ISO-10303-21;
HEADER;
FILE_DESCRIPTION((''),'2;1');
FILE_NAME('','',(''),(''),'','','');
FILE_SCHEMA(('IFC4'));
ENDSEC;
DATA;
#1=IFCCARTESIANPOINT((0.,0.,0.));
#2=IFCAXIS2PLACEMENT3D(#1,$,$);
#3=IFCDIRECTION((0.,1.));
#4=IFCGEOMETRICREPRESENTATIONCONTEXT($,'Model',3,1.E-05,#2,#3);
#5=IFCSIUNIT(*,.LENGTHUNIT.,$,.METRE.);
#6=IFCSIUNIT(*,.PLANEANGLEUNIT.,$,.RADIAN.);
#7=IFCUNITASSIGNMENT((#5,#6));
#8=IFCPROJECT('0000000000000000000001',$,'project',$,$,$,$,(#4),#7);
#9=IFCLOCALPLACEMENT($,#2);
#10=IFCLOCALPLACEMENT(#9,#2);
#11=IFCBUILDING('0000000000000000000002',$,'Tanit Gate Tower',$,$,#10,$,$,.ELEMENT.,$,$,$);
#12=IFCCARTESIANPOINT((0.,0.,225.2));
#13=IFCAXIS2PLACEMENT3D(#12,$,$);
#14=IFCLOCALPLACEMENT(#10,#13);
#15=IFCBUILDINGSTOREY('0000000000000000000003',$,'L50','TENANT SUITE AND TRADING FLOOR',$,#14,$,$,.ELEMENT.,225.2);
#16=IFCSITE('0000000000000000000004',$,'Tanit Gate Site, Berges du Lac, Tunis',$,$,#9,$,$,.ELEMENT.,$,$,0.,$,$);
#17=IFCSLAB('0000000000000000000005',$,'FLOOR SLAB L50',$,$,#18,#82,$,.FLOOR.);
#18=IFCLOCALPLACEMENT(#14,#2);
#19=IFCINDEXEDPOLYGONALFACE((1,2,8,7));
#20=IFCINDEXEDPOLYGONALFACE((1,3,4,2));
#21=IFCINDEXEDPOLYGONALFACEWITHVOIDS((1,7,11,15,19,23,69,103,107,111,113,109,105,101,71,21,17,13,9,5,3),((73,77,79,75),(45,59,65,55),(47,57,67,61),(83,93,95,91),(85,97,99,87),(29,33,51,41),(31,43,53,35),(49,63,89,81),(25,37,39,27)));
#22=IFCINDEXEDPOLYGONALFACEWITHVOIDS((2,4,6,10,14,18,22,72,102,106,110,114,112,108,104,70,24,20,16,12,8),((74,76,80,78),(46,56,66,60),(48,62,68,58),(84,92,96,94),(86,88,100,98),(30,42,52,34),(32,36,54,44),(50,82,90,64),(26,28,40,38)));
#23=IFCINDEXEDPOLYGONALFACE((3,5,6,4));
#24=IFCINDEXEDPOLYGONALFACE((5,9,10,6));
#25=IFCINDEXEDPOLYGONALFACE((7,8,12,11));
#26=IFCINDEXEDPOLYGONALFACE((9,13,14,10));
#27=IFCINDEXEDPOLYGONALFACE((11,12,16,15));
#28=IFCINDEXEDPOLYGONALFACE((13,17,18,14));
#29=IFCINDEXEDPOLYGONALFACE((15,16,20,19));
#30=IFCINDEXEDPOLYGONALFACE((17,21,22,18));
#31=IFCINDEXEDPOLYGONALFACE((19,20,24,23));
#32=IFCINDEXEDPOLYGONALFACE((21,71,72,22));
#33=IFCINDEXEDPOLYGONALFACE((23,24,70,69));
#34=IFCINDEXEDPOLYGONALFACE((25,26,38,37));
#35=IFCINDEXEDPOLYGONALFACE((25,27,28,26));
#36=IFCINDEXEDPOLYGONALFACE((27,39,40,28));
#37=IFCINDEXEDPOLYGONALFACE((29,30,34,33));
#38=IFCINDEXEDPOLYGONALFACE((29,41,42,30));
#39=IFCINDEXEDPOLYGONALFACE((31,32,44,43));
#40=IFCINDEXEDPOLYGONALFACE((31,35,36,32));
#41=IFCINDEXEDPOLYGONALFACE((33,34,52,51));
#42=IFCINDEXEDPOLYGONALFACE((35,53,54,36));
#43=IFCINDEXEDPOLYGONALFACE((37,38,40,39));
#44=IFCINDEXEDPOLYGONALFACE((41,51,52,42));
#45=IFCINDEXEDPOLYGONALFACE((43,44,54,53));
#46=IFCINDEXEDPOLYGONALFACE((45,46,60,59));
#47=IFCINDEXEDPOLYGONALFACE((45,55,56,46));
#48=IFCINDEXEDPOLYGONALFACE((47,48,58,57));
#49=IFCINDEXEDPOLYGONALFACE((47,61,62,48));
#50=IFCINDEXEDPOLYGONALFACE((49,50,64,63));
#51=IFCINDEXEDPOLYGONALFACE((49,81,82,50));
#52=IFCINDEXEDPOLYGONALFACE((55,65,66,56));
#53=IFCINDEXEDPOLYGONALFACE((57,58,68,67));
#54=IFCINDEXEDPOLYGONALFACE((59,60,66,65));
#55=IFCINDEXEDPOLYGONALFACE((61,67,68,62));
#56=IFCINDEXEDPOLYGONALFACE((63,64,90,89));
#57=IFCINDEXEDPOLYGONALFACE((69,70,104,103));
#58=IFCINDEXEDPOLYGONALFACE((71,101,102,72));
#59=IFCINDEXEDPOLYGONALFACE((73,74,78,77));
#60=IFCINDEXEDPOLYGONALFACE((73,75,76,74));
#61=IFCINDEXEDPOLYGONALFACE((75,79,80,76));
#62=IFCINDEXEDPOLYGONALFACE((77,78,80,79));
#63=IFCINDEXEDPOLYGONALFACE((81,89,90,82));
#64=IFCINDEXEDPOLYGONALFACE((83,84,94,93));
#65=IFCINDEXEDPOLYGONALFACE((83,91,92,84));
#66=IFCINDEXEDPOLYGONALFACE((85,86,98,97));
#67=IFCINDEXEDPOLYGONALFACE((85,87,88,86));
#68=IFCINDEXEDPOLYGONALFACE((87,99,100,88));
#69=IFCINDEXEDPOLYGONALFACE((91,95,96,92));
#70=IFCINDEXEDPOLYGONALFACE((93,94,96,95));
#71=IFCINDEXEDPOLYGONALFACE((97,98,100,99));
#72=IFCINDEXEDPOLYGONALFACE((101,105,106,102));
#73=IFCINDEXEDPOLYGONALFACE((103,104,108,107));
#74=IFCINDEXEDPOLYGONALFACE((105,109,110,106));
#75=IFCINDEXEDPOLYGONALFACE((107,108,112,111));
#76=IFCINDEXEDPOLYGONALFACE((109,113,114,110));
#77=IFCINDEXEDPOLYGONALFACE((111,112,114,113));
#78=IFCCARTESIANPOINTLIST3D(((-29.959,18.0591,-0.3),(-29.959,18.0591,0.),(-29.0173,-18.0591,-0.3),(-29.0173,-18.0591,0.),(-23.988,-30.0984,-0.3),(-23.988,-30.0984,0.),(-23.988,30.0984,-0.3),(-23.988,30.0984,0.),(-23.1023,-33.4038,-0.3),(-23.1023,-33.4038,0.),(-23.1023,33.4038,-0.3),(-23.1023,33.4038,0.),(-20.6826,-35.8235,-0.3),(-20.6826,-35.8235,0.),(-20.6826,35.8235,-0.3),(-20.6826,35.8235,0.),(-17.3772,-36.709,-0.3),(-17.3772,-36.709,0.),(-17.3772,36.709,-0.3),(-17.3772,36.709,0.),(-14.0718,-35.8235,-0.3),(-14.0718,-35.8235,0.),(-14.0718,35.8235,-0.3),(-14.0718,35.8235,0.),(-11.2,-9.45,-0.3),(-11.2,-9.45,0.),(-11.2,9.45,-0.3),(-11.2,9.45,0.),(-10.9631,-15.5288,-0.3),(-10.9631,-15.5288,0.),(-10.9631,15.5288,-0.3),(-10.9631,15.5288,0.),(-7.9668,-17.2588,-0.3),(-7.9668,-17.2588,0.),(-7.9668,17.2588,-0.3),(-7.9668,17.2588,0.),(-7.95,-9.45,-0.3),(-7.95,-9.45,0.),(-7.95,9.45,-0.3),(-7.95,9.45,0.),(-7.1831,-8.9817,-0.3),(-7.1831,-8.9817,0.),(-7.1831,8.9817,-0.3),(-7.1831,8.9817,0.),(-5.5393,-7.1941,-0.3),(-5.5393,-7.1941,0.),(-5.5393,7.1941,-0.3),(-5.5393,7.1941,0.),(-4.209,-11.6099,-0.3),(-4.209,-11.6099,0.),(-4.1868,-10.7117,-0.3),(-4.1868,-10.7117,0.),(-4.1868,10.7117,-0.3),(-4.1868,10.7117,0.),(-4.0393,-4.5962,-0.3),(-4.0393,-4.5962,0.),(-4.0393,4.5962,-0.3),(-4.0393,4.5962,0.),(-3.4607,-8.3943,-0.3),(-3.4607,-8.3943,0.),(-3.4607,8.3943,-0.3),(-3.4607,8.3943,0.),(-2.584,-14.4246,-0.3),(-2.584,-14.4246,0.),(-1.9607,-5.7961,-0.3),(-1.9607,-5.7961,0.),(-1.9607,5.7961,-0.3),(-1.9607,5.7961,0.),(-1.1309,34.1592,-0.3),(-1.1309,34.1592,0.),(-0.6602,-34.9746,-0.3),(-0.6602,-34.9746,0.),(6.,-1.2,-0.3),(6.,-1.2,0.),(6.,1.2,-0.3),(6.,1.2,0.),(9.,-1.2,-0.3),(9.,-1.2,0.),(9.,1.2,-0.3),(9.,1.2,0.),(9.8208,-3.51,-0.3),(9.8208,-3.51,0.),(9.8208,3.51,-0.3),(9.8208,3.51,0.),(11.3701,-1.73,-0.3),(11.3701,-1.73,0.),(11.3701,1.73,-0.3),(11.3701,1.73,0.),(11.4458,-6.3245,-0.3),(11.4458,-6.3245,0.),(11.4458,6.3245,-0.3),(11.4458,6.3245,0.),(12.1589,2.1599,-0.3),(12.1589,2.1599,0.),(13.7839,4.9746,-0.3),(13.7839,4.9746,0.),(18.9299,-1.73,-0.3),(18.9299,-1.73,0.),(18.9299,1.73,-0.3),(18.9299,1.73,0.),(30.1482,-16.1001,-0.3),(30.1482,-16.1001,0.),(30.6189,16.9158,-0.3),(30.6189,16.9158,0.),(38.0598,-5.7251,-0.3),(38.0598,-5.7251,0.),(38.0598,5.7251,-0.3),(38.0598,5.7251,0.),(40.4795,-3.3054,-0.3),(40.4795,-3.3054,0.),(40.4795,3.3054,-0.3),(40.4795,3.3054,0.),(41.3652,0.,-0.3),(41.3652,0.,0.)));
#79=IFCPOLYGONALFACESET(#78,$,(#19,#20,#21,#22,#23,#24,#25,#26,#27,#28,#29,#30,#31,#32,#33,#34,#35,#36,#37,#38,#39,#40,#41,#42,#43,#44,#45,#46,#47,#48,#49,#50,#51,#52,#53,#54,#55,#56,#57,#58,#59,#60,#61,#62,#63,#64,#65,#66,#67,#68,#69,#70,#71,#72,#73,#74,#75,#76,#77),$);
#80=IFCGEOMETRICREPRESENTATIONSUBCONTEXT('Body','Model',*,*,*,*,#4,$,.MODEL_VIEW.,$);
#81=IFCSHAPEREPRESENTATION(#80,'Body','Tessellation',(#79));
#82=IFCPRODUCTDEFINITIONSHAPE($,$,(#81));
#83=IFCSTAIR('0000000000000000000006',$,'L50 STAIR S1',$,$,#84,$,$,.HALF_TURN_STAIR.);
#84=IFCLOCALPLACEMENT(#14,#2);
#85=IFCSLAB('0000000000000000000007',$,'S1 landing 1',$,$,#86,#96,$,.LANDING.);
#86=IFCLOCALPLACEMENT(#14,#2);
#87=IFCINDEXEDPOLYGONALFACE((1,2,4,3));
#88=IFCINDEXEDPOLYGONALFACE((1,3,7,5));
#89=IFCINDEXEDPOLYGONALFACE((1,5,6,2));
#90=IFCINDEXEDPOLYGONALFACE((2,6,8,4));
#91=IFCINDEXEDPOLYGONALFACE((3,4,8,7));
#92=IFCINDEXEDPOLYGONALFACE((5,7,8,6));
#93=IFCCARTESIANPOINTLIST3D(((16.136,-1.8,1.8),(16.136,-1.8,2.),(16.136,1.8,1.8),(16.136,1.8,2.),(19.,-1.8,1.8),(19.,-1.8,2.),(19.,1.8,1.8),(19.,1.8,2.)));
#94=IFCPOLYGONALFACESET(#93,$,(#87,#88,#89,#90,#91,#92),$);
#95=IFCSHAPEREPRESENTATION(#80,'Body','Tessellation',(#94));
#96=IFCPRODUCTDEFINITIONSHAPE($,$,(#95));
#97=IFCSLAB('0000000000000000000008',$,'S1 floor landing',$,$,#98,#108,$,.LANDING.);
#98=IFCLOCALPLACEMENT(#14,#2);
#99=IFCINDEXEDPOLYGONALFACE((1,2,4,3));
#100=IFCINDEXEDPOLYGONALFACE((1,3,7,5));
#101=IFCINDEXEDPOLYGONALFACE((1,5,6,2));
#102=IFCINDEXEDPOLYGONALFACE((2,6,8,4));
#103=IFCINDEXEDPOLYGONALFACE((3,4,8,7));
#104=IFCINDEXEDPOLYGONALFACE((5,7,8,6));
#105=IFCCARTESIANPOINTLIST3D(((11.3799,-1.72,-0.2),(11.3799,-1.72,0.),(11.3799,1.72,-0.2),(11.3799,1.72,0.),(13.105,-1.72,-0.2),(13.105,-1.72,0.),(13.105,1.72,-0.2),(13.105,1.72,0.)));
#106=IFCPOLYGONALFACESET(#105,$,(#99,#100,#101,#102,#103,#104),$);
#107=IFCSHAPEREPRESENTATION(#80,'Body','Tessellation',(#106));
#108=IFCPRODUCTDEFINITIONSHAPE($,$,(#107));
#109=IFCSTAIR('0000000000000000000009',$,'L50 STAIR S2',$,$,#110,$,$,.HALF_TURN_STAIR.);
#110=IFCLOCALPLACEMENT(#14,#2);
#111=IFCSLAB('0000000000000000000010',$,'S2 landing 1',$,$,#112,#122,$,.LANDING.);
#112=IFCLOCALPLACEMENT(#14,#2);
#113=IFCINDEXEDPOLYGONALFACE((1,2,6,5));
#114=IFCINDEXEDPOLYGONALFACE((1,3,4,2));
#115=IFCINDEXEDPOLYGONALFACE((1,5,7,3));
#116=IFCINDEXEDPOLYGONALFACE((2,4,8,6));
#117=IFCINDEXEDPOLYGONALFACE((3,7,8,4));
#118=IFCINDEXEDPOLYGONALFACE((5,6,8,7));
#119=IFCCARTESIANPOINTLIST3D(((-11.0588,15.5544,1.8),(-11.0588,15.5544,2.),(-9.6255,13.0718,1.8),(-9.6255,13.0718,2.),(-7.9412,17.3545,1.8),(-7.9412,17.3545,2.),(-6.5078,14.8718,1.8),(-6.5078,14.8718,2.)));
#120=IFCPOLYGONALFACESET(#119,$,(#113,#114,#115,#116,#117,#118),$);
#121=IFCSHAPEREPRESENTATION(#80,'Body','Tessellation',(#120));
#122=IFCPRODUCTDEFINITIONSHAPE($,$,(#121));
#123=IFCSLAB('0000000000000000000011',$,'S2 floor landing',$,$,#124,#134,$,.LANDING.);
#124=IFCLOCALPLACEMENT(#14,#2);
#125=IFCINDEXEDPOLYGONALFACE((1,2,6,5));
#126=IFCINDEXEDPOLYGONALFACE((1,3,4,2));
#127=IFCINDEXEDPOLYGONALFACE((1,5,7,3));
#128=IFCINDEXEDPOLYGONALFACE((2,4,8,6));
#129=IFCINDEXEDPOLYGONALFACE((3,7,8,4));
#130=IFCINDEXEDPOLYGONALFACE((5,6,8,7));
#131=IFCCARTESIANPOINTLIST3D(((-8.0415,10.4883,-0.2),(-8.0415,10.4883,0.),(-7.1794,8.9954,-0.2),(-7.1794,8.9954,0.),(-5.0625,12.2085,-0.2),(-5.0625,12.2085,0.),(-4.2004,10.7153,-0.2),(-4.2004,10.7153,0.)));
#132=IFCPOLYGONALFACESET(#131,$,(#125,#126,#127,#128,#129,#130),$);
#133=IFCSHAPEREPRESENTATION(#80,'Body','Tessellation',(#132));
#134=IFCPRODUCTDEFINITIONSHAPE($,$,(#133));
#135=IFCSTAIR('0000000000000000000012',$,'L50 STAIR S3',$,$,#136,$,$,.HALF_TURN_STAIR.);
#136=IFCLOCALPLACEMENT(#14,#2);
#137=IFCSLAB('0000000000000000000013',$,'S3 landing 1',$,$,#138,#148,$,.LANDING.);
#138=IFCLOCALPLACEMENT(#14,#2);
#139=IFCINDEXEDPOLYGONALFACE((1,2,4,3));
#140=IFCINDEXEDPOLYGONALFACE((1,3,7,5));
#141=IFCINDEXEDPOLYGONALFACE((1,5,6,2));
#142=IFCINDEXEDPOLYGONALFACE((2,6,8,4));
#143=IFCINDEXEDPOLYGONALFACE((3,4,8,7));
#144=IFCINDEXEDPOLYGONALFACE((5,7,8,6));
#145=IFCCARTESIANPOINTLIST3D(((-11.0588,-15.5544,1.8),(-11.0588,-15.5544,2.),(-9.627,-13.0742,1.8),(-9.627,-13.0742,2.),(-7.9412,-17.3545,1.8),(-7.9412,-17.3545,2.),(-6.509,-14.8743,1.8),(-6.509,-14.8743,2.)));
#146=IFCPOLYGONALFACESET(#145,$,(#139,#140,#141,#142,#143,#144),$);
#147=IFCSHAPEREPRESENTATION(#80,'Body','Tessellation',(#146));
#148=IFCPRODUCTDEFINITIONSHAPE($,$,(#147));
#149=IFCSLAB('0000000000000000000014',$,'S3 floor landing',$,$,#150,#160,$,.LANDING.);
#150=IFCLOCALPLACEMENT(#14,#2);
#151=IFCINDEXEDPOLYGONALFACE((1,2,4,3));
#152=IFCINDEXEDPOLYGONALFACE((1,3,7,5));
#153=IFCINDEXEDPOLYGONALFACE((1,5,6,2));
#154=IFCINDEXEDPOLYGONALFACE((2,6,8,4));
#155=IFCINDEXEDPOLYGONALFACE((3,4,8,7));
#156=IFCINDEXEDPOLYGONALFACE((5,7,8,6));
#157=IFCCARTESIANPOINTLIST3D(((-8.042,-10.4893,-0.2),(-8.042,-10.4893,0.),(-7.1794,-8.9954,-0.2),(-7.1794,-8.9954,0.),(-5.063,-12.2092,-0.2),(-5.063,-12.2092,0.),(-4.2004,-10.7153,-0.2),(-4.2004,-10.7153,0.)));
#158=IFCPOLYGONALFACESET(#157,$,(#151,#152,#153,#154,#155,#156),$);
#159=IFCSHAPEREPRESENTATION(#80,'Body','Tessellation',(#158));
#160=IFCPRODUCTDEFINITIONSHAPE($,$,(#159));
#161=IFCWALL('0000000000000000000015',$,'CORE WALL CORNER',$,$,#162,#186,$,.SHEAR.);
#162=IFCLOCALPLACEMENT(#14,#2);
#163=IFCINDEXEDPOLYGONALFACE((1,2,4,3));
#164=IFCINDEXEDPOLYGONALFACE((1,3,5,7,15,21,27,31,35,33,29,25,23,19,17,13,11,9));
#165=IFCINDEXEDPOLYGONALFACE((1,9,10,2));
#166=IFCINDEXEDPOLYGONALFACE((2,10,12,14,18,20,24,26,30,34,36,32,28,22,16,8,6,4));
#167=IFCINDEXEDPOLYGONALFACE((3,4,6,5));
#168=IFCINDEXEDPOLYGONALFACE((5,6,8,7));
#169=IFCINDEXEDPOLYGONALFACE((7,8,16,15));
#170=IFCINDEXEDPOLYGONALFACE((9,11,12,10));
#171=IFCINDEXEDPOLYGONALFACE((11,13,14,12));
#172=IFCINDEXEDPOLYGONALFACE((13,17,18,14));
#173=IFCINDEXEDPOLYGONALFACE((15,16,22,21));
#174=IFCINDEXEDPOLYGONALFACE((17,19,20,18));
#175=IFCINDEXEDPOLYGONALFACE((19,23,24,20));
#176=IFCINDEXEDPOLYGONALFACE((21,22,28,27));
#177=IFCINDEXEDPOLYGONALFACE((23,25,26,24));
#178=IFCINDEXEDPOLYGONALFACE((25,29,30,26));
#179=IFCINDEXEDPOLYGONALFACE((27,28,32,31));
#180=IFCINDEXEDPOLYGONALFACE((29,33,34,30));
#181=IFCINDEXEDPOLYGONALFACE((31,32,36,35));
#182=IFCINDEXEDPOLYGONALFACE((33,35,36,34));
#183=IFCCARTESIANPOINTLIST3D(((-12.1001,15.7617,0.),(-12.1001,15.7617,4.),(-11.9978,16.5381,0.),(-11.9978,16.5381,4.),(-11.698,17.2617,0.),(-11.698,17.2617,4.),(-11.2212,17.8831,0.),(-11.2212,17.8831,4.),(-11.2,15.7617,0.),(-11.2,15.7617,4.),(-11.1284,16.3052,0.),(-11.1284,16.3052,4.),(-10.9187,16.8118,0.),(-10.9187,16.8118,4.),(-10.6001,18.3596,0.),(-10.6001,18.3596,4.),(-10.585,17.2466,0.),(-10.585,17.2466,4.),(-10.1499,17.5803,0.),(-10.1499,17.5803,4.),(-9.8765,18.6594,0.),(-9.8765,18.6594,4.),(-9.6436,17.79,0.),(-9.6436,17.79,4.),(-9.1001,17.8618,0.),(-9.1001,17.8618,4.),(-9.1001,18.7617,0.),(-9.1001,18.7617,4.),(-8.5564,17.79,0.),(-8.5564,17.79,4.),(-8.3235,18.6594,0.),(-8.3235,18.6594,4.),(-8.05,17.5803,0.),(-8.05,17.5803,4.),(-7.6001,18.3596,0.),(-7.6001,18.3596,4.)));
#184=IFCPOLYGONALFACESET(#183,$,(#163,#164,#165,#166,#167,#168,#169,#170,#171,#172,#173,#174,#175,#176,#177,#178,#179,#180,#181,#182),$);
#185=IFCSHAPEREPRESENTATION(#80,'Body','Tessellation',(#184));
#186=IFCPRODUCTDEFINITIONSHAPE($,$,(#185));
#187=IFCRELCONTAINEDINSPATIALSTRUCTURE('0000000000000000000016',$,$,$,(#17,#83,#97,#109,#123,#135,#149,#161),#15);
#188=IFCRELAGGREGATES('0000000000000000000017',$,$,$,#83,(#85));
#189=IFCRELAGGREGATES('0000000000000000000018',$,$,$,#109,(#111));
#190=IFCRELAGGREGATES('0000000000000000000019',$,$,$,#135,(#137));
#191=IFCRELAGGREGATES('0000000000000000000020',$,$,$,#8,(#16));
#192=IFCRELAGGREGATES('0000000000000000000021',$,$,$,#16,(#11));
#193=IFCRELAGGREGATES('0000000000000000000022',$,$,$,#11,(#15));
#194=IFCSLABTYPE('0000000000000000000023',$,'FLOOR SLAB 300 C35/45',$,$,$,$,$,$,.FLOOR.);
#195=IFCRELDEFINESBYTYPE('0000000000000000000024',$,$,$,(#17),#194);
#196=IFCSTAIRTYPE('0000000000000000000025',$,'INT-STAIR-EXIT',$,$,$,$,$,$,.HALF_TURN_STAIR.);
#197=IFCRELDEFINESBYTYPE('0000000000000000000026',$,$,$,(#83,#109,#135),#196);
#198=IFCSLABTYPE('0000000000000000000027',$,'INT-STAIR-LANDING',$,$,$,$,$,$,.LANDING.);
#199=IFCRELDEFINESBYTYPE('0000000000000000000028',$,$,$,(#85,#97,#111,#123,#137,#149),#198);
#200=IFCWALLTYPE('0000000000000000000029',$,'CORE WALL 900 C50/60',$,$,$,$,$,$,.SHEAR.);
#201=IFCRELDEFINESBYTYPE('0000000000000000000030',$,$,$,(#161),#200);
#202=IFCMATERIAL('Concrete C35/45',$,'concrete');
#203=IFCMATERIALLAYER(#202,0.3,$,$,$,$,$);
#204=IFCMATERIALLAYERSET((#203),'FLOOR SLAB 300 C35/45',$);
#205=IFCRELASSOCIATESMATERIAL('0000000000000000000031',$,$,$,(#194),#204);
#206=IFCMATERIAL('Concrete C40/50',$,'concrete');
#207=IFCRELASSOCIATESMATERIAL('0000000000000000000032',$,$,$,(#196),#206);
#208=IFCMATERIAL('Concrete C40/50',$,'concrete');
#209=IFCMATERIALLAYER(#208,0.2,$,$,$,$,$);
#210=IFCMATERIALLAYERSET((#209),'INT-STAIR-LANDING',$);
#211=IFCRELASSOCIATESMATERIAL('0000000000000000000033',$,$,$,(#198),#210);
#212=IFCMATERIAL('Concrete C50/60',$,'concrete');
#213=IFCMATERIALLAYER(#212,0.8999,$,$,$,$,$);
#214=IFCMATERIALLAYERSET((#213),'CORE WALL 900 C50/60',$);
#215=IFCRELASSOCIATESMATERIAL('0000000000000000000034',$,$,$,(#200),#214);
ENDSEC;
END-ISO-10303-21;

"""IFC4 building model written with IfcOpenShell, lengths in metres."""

from ifc_helpers import new_model, si_unit, direction, frame, origin, place, context, subcontext, project, spatial, polyline, outline, extrude, material, layer, layer_set, type_object, element, aggregate, save


model = new_model("IFC4")

# Units and contexts
model_context = context("Model", 3, precision=1e-05, world=origin(), true_north=direction((0.0, 1.0)))
body_context = subcontext(model_context, "Body", "Model", "MODEL_VIEW")
ifc_project = project(units=[si_unit("LENGTHUNIT", "METRE"), si_unit("PLANEANGLEUNIT", "RADIAN")], contexts=[model_context])

# Site, building, storey
site_placement = place(None, origin())
site = spatial("IfcSite", under=ifc_project, at=site_placement, Name="Tanit Gate Site, Berges du Lac, Tunis", CompositionType="ELEMENT", RefElevation=0.0)
building_placement = place(site_placement, origin())
building = spatial("IfcBuilding", under=site, at=building_placement, Name="Tanit Gate Tower", CompositionType="ELEMENT")
storey_placement = place(building_placement, frame((0.0, 0.0, 225.2)))
storey = spatial("IfcBuildingStorey", under=building, at=storey_placement, Name="L50", Description="TENANT SUITE AND TRADING FLOOR", CompositionType="ELEMENT", Elevation=225.2)

# Slab
ifc_material_1 = material(Name="Concrete C35/45", Category="concrete")
ifc_layer_1 = layer(ifc_material_1, 0.3)
ifc_layer_set_1 = layer_set([ifc_layer_1], Name="FLOOR SLAB 300 C35/45")
slab_type_1 = type_object("IfcSlabType", Name="FLOOR SLAB 300 C35/45", PredefinedType="FLOOR", material=ifc_layer_set_1)
slab_1_placement = place(storey_placement, frame((0.0, 0.0, -0.3)))
element("IfcSlab", 1, at=slab_1_placement, inside=storey, type_object=slab_type_1, Name="FLOOR SLAB L50", PredefinedType="FLOOR", context=body_context, shape_type="SweptSolid", body=[
    extrude(outline(polyline([(38.0598, 5.7251), (40.4795, 3.3054), (41.3652, 0.0), (40.4795, -3.3054), (38.0598, -5.7251), (30.1482, -16.1001), (-0.6602, -34.9746), (-14.0718, -35.8235), (-17.3772, -36.709), (-20.6826, -35.8235), (-23.1023, -33.4038), (-23.988, -30.0984), (-29.0173, -18.0591), (-29.959, 18.0591), (-23.988, 30.0984), (-23.1023, 33.4038), (-20.6826, 35.8235), (-17.3772, 36.709), (-14.0718, 35.8235), (-1.1309, 34.1592), (30.6189, 16.9158), (38.0598, 5.7251)]), holes=[polyline([(11.3701, 1.73), (18.9299, 1.73), (18.9299, -1.73), (11.3701, -1.73), (11.3701, 1.73)]), polyline([(9.8208, 3.51), (11.4458, 6.3245), (13.7839, 4.9746), (12.1589, 2.1599), (9.8208, 3.51)]), polyline([(-4.209, -11.6099), (9.8208, -3.51), (11.4458, -6.3245), (-2.584, -14.4246), (-4.209, -11.6099)]), polyline([(6.0, 1.2), (9.0, 1.2), (9.0, -1.2), (6.0, -1.2), (6.0, 1.2)]), polyline([(-5.5393, 7.1941), (-3.4607, 8.3943), (-1.9607, 5.7961), (-4.0393, 4.5962), (-5.5393, 7.1941)]), polyline([(-1.9607, -5.7961), (-3.4607, -8.3943), (-5.5393, -7.1941), (-4.0393, -4.5962), (-1.9607, -5.7961)]), polyline([(-10.9631, 15.5288), (-7.9668, 17.2588), (-4.1868, 10.7117), (-7.1831, 8.9817), (-10.9631, 15.5288)]), polyline([(-4.1868, -10.7117), (-7.9668, -17.2588), (-10.9631, -15.5288), (-7.1831, -8.9817), (-4.1868, -10.7117)]), polyline([(-11.2, -9.45), (-11.2, 9.45), (-7.95, 9.45), (-7.95, -9.45), (-11.2, -9.45)])]), origin(), (0.0, 0.0, 1.0), 0.3),
])

# Stair, slab
ifc_material_2 = material(Name="Concrete C40/50", Category="concrete")
stair_type = type_object("IfcStairType", Name="INT-STAIR-EXIT", PredefinedType="HALF_TURN_STAIR", material=ifc_material_2)
stair_1_placement = place(storey_placement, origin())
stair_1 = element("IfcStair", 2, at=stair_1_placement, inside=storey, type_object=stair_type, Name="L50 STAIR S1", PredefinedType="HALF_TURN_STAIR")
ifc_material_3 = material(Name="Concrete C40/50", Category="concrete")
ifc_layer_2 = layer(ifc_material_3, 0.2)
ifc_layer_set_2 = layer_set([ifc_layer_2], Name="INT-STAIR-LANDING")
slab_type_2 = type_object("IfcSlabType", Name="INT-STAIR-LANDING", PredefinedType="LANDING", material=ifc_layer_set_2)
slab_2_placement = place(storey_placement, frame((0.0, 0.0, 1.8)))
slab_2 = element("IfcSlab", 3, at=slab_2_placement, type_object=slab_type_2, Name="S1 landing 1", PredefinedType="LANDING", context=body_context, shape_type="SweptSolid", body=[
    extrude(outline(polyline([(16.136, -1.8), (19.0, -1.8), (19.0, 1.8), (16.136, 1.8), (16.136, -1.8)])), origin(), (0.0, 0.0, 1.0), 0.2),
])
aggregate(stair_1, [slab_2])

# Slab
slab_3_placement = place(storey_placement, frame((0.0, 0.0, -0.2)))
element("IfcSlab", 4, at=slab_3_placement, inside=storey, type_object=slab_type_2, Name="S1 floor landing", PredefinedType="LANDING", context=body_context, shape_type="SweptSolid", body=[
    extrude(outline(polyline([(11.3799, -1.72), (13.105, -1.72), (13.105, 1.72), (11.3799, 1.72), (11.3799, -1.72)])), origin(), (0.0, 0.0, 1.0), 0.2),
])

# Stair, slab
stair_2_placement = place(storey_placement, origin())
stair_2 = element("IfcStair", 5, at=stair_2_placement, inside=storey, type_object=stair_type, Name="L50 STAIR S2", PredefinedType="HALF_TURN_STAIR")
slab_4_placement = place(storey_placement, frame((0.0, 0.0, 1.8)))
slab_4 = element("IfcSlab", 6, at=slab_4_placement, type_object=slab_type_2, Name="S2 landing 1", PredefinedType="LANDING", context=body_context, shape_type="SweptSolid", body=[
    extrude(outline(polyline([(-6.5078, 14.8718), (-7.9412, 17.3545), (-11.0588, 15.5544), (-9.6255, 13.0718), (-6.5078, 14.8718)])), origin(), (0.0, 0.0, 1.0), 0.2),
])
aggregate(stair_2, [slab_4])

# Slab
slab_5_placement = place(storey_placement, frame((0.0, 0.0, -0.2)))
element("IfcSlab", 7, at=slab_5_placement, inside=storey, type_object=slab_type_2, Name="S2 floor landing", PredefinedType="LANDING", context=body_context, shape_type="SweptSolid", body=[
    extrude(outline(polyline([(-4.2004, 10.7153), (-5.0625, 12.2085), (-8.0415, 10.4883), (-7.1794, 8.9954), (-4.2004, 10.7153)])), origin(), (0.0, 0.0, 1.0), 0.2),
])

# Stair, slab
stair_3_placement = place(storey_placement, origin())
stair_3 = element("IfcStair", 8, at=stair_3_placement, inside=storey, type_object=stair_type, Name="L50 STAIR S3", PredefinedType="HALF_TURN_STAIR")
slab_6_placement = place(storey_placement, frame((0.0, 0.0, 1.8)))
slab_6 = element("IfcSlab", 9, at=slab_6_placement, type_object=slab_type_2, Name="S3 landing 1", PredefinedType="LANDING", context=body_context, shape_type="SweptSolid", body=[
    extrude(outline(polyline([(-9.627, -13.0742), (-11.0588, -15.5544), (-7.9412, -17.3545), (-6.509, -14.8743), (-9.627, -13.0742)])), origin(), (0.0, 0.0, 1.0), 0.2),
])
aggregate(stair_3, [slab_6])

# Slab
slab_7_placement = place(storey_placement, frame((0.0, 0.0, -0.2)))
element("IfcSlab", 10, at=slab_7_placement, inside=storey, type_object=slab_type_2, Name="S3 floor landing", PredefinedType="LANDING", context=body_context, shape_type="SweptSolid", body=[
    extrude(outline(polyline([(-7.1794, -8.9954), (-8.042, -10.4893), (-5.063, -12.2092), (-4.2004, -10.7153), (-7.1794, -8.9954)])), origin(), (0.0, 0.0, 1.0), 0.2),
])

# Wall
ifc_material_4 = material(Name="Concrete C50/60", Category="concrete")
ifc_layer_3 = layer(ifc_material_4, 0.8999)
ifc_layer_set_3 = layer_set([ifc_layer_3], Name="CORE WALL 900 C50/60")
wall_type_1 = type_object("IfcWallType", Name="CORE WALL 900 C50/60", PredefinedType="SHEAR", material=ifc_layer_set_3)
wall_1_placement = place(storey_placement, origin())
element("IfcWall", 11, at=wall_1_placement, inside=storey, type_object=wall_type_1, Name="CORE WALL CORNER", PredefinedType="SHEAR", context=body_context, shape_type="SweptSolid", body=[
    extrude(outline(polyline([(-7.6001, 18.3596), (-8.3235, 18.6594), (-9.1001, 18.7617), (-9.8765, 18.6594), (-10.6001, 18.3596), (-11.2212, 17.8831), (-11.698, 17.2617), (-11.9978, 16.5381), (-12.1001, 15.7617), (-11.2, 15.7617), (-11.1284, 16.3052), (-10.9187, 16.8118), (-10.585, 17.2466), (-10.1499, 17.5803), (-9.6436, 17.79), (-9.1001, 17.8618), (-8.5564, 17.79), (-8.05, 17.5803), (-7.6001, 18.3596)])), origin(), (0.0, 0.0, 1.0), 4.0),
])

save(model, "model.ifc")
